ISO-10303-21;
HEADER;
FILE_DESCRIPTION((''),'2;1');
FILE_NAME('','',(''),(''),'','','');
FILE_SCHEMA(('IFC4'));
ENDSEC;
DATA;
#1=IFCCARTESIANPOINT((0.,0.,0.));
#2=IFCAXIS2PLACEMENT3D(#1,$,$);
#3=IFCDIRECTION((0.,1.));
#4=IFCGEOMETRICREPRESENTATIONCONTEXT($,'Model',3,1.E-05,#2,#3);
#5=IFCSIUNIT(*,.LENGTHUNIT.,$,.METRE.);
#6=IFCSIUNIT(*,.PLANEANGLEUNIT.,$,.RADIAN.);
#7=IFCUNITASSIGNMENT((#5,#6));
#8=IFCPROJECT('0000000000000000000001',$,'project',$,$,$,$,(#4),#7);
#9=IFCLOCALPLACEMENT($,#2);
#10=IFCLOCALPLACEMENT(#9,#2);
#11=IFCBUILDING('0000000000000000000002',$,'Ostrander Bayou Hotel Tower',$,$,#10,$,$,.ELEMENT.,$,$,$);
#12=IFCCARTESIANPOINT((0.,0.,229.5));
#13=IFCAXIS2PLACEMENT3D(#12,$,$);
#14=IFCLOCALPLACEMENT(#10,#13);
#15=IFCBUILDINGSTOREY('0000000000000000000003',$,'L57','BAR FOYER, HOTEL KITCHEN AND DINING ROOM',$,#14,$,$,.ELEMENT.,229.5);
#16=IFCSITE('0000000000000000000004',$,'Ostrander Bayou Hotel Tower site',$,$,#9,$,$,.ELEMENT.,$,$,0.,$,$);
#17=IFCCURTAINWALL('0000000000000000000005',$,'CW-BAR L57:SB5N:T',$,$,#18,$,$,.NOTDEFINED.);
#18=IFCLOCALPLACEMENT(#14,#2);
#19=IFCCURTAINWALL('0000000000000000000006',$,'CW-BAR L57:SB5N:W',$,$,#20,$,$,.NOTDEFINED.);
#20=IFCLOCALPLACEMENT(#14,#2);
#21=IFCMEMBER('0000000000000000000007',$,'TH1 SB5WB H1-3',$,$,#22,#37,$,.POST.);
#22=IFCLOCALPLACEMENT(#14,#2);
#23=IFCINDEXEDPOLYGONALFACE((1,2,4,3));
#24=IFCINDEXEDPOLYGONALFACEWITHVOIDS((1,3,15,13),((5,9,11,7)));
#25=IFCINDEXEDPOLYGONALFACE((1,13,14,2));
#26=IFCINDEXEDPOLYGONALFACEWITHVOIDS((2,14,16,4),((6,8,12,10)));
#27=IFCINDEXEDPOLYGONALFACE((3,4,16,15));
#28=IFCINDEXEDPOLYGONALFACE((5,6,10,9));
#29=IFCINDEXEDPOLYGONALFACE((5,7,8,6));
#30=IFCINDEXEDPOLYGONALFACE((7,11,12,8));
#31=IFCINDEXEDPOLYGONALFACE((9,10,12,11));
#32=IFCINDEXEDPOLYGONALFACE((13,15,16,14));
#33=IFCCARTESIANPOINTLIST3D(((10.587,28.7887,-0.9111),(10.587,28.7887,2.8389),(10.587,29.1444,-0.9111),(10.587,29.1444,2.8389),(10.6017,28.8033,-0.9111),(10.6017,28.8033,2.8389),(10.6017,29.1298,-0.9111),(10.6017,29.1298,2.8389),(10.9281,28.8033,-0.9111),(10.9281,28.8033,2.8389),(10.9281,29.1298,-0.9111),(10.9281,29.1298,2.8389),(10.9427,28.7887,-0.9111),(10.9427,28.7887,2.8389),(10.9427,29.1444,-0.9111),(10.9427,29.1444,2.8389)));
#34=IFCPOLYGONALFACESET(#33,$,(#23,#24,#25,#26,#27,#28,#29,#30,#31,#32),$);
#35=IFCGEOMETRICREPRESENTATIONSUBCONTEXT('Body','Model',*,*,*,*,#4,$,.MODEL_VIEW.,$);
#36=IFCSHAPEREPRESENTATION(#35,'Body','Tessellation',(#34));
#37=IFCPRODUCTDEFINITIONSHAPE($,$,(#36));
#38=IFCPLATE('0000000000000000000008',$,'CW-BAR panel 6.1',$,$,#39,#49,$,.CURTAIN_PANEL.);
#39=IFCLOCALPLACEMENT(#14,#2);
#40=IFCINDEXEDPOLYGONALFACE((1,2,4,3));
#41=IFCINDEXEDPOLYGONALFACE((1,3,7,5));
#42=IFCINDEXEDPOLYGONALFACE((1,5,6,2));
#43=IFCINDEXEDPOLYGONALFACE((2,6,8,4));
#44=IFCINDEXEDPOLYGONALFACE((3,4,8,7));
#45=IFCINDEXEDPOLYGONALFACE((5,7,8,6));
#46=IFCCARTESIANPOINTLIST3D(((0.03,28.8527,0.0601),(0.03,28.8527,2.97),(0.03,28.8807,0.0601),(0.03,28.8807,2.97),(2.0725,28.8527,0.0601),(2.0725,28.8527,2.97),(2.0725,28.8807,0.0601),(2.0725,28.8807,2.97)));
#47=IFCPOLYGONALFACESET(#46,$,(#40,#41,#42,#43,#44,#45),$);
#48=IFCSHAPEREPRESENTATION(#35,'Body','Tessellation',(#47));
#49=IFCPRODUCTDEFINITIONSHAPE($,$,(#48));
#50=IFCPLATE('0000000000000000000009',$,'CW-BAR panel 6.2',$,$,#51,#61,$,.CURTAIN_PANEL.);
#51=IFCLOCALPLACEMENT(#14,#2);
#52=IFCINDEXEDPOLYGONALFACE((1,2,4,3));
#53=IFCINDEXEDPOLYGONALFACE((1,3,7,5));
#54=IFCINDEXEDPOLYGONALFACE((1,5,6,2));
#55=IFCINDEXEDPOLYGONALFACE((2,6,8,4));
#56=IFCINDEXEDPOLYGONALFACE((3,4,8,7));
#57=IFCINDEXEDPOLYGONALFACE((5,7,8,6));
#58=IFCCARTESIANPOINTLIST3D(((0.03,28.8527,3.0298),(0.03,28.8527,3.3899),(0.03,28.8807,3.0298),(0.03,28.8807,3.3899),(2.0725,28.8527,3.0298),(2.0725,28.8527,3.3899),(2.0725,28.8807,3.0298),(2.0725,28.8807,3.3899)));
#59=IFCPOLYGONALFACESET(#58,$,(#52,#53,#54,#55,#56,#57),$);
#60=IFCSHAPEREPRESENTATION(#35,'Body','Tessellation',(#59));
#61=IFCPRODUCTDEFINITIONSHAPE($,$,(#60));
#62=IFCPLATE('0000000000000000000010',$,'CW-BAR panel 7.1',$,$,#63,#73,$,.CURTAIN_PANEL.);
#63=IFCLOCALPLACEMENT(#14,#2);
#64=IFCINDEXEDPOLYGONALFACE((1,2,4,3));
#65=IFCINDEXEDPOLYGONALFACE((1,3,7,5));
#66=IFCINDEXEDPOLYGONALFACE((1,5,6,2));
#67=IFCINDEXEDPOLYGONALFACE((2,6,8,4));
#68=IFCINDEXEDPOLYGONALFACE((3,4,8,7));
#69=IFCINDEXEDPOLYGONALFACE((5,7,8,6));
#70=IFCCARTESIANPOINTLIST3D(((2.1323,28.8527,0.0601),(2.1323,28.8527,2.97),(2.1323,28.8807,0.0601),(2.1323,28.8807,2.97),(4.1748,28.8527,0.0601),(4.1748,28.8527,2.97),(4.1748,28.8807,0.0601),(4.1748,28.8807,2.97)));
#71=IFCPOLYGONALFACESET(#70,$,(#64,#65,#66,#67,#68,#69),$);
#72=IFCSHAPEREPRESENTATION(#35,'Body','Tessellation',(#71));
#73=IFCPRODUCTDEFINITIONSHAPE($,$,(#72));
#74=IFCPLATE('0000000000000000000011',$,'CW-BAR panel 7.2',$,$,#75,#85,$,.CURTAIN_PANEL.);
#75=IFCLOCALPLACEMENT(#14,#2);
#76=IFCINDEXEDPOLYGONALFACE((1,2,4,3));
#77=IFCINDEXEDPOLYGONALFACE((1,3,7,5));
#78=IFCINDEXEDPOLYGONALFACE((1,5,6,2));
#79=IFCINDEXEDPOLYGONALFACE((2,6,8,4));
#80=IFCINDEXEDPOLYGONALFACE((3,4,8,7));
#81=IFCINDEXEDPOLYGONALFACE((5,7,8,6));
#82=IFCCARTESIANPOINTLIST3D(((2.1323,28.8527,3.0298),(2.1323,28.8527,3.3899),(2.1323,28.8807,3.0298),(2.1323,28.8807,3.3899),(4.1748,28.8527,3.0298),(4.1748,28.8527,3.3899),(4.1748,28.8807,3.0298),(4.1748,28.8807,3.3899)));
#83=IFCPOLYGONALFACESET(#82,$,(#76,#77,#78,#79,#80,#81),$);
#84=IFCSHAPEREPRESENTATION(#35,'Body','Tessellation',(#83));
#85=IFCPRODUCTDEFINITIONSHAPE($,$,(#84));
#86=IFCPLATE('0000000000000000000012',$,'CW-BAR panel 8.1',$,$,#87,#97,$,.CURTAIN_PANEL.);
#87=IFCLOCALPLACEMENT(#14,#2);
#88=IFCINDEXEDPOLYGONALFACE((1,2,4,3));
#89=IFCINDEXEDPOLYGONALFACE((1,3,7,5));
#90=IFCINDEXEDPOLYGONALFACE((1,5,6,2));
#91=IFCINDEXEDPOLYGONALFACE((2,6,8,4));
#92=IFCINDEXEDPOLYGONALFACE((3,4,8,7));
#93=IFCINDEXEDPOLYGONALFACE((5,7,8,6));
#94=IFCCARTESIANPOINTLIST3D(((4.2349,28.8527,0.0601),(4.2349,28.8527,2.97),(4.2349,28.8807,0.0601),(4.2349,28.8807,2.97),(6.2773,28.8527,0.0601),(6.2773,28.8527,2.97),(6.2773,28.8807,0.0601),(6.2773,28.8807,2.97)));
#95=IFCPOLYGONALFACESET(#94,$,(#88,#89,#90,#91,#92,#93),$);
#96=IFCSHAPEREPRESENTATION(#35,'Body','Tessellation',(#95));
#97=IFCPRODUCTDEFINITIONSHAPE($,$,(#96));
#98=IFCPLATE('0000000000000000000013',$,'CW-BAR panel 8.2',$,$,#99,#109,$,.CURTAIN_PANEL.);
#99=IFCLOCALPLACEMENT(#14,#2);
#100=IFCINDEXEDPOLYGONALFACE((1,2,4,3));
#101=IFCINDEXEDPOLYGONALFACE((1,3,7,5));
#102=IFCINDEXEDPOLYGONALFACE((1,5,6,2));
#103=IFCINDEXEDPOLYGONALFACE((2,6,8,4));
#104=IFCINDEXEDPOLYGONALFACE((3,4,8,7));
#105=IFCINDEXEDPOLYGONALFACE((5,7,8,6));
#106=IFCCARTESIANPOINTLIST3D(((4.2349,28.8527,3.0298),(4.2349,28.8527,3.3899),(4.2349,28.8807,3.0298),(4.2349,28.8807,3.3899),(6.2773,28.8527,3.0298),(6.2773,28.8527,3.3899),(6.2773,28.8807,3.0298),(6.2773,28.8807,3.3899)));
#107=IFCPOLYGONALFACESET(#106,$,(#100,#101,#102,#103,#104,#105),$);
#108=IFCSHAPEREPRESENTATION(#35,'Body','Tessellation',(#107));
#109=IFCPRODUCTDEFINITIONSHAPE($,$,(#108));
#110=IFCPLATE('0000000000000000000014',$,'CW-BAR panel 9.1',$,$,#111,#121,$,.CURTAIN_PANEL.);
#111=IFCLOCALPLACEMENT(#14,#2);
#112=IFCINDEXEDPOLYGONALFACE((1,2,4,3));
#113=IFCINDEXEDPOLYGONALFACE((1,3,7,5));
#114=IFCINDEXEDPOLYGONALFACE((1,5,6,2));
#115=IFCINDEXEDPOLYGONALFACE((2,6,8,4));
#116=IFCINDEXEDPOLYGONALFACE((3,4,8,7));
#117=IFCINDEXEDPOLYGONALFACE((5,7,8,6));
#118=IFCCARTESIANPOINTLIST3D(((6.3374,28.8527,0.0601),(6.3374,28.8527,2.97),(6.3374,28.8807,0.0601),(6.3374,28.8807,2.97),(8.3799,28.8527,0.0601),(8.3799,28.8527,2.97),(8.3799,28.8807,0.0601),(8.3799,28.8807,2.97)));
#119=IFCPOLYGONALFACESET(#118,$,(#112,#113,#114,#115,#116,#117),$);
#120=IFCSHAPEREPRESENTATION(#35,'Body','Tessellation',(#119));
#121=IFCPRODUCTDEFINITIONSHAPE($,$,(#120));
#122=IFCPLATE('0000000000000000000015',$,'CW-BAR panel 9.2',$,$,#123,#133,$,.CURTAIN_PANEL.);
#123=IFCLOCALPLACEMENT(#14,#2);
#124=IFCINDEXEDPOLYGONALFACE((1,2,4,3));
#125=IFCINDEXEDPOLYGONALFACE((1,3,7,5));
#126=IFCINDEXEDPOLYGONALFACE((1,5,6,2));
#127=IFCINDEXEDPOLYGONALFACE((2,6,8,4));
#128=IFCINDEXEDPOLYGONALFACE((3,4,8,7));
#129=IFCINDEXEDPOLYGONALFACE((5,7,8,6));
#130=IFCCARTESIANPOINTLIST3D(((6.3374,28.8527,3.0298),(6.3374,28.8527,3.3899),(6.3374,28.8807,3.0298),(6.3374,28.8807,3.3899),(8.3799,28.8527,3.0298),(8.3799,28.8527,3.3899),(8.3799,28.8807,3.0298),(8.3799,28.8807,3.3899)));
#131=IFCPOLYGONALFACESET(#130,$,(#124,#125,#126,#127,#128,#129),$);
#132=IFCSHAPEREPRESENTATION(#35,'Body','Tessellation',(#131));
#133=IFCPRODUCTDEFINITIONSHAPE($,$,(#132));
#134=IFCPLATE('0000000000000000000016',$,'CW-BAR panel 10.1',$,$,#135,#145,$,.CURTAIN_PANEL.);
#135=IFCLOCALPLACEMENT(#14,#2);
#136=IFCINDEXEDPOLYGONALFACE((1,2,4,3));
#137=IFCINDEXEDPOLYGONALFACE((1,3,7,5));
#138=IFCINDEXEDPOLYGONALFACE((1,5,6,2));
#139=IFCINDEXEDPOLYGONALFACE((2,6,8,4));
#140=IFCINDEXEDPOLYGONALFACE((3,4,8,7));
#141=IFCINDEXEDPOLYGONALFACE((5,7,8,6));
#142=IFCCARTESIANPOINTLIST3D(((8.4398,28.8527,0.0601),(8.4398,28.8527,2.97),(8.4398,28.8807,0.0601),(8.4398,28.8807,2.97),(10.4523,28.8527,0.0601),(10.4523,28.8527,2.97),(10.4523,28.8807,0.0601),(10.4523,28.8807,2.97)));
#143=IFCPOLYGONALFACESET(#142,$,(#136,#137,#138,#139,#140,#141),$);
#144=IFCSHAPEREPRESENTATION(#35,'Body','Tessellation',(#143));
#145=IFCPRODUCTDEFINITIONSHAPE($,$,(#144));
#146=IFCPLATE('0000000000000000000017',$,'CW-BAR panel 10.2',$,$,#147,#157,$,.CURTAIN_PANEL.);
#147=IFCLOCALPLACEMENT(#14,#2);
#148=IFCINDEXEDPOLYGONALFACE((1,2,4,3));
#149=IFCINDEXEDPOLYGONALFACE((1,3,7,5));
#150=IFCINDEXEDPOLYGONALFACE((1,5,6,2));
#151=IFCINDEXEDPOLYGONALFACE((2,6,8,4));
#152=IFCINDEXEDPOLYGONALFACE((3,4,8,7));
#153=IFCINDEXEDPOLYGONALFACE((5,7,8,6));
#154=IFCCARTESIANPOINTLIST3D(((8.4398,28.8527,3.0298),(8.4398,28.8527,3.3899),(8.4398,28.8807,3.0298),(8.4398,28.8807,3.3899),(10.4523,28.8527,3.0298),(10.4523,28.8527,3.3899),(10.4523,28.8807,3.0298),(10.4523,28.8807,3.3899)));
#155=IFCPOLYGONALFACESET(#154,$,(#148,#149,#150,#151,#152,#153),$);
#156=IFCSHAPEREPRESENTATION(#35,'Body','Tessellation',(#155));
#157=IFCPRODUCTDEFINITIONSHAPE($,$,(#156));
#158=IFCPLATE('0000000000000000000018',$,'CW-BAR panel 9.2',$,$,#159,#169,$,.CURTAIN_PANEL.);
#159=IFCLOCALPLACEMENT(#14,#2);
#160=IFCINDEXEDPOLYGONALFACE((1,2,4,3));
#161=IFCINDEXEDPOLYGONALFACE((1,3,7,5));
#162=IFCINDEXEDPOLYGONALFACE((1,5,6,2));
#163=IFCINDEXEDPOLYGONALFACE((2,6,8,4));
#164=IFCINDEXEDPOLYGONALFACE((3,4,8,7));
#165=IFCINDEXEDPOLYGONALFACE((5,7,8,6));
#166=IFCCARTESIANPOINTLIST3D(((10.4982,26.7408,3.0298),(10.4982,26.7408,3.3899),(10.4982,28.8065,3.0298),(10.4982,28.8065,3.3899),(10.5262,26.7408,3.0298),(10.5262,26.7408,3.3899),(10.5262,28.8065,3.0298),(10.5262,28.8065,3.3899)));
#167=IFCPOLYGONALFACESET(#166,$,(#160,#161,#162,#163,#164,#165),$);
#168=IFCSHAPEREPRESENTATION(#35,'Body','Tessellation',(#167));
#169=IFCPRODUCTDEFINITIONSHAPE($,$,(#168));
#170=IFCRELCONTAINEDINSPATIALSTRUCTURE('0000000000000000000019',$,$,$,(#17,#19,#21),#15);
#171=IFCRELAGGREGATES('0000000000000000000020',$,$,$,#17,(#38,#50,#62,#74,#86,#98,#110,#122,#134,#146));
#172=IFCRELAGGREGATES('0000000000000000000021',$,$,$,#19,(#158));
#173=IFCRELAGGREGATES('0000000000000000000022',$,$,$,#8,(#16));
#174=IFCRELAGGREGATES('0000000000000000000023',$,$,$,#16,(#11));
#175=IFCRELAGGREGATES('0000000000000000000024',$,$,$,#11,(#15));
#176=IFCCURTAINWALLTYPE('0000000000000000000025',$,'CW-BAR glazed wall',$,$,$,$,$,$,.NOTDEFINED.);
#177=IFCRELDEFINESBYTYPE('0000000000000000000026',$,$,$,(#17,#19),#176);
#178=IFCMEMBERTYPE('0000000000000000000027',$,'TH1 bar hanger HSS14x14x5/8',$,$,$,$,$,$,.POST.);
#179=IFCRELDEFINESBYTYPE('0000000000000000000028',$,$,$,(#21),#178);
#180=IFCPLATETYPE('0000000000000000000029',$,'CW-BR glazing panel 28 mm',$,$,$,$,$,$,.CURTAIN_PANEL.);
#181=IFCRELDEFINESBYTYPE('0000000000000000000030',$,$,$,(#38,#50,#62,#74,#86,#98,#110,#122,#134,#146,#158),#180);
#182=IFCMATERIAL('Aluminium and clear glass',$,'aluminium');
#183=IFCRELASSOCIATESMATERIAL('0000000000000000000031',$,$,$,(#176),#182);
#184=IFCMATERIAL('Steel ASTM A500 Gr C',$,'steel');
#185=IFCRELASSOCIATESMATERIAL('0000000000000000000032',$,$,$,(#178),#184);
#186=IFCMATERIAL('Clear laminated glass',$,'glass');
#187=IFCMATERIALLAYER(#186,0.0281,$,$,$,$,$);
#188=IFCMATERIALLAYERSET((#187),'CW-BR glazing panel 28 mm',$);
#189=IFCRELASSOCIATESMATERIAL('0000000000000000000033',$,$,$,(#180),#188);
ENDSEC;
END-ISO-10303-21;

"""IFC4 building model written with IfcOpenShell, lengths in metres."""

from ifc_helpers import new_model, si_unit, direction, frame, origin, origin_2d, place, context, subcontext, project, spatial, rectangle, hollow_rectangle, extrude, material, layer, layer_set, material_profile, profile_set, type_object, element, aggregate, save


model = new_model("IFC4")

# Units and contexts
model_context = context("Model", 3, precision=1e-05, world=origin(), true_north=direction((0.0, 1.0)))
body_context = subcontext(model_context, "Body", "Model", "MODEL_VIEW")
ifc_project = project(units=[si_unit("LENGTHUNIT", "METRE"), si_unit("PLANEANGLEUNIT", "RADIAN")], contexts=[model_context])

# Site, building, storey
site_placement = place(None, origin())
site = spatial("IfcSite", under=ifc_project, at=site_placement, Name="Ostrander Bayou Hotel Tower site", CompositionType="ELEMENT", RefElevation=0.0)
building_placement = place(site_placement, origin())
building = spatial("IfcBuilding", under=site, at=building_placement, Name="Ostrander Bayou Hotel Tower", CompositionType="ELEMENT")
storey_placement = place(building_placement, frame((0.0, 0.0, 229.5)))
storey = spatial("IfcBuildingStorey", under=building, at=storey_placement, Name="L57", Description="BAR FOYER, HOTEL KITCHEN AND DINING ROOM", CompositionType="ELEMENT", Elevation=229.5)

# Curtain wall
ifc_material_1 = material(Name="Aluminium and clear glass", Category="aluminium")
curtain_wall_type = type_object("IfcCurtainWallType", Name="CW-BAR glazed wall", PredefinedType="NOTDEFINED", material=ifc_material_1)
curtain_wall_1_placement = place(storey_placement, origin())
curtain_wall_1 = element("IfcCurtainWall", 1, at=curtain_wall_1_placement, inside=storey, type_object=curtain_wall_type, Name="CW-BAR L57:SB5N:T", PredefinedType="NOTDEFINED")

# Curtain wall
curtain_wall_2_placement = place(storey_placement, origin())
curtain_wall_2 = element("IfcCurtainWall", 2, at=curtain_wall_2_placement, inside=storey, type_object=curtain_wall_type, Name="CW-BAR L57:SB5N:W", PredefinedType="NOTDEFINED")

# Member
ifc_material_2 = material(Name="Steel ASTM A500 Gr C", Category="steel")
ifc_material_profile_1 = material_profile(ifc_material_2, hollow_rectangle(XDim=0.3557, YDim=0.3557, WallThickness=0.0146, at=origin_2d()))
ifc_profile_set_1 = profile_set([ifc_material_profile_1], Name="Steel ASTM A500 Gr C")
member_type_1 = type_object("IfcMemberType", Name="TH1 bar hanger HSS14x14x5/8", PredefinedType="POST", material=ifc_profile_set_1)
member_1_placement = place(storey_placement, frame((10.7649, 28.9666, -0.9111), z_axis=(0.0, 0.0, 1.0), x_axis=(1.0, 0.0, 0.0)))
element("IfcMember", 3, at=member_1_placement, inside=storey, type_object=member_type_1, Name="TH1 SB5WB H1-3", PredefinedType="POST", context=body_context, shape_type="SweptSolid", body=[
    extrude(hollow_rectangle(XDim=0.3557, YDim=0.3557, WallThickness=0.0146, at=origin_2d()), origin(), (0.0, 0.0, 1.0), 3.75),
])

# Plates
ifc_material_3 = material(Name="Clear laminated glass", Category="glass")
ifc_layer = layer(ifc_material_3, 0.0281)
ifc_layer_set = layer_set([ifc_layer], Name="CW-BR glazing panel 28 mm")
plate_type = type_object("IfcPlateType", Name="CW-BR glazing panel 28 mm", PredefinedType="CURTAIN_PANEL", material=ifc_layer_set)
plate_1_placement = place(storey_placement, frame((1.0513, 28.8667, 0.0601), z_axis=(0.0, 0.0, 1.0), x_axis=(1.0, 0.0, 0.0)))
plate_1 = element("IfcPlate", 4, at=plate_1_placement, type_object=plate_type, Name="CW-BAR panel 6.1", PredefinedType="CURTAIN_PANEL", context=body_context, shape_type="SweptSolid", body=[
    extrude(rectangle(XDim=2.0425, YDim=0.0281, at=origin_2d()), origin(), (0.0, 0.0, 1.0), 2.9099),
])
plate_2_placement = place(storey_placement, frame((1.0513, 28.8667, 3.0298), z_axis=(0.0, 0.0, 1.0), x_axis=(1.0, 0.0, 0.0)))
plate_2 = element("IfcPlate", 5, at=plate_2_placement, type_object=plate_type, Name="CW-BAR panel 6.2", PredefinedType="CURTAIN_PANEL", context=body_context, shape_type="SweptSolid", body=[
    extrude(rectangle(XDim=2.0425, YDim=0.0281, at=origin_2d()), origin(), (0.0, 0.0, 1.0), 0.3601),
])
plate_3_placement = place(storey_placement, frame((3.1536, 28.8667, 0.0601), z_axis=(0.0, 0.0, 1.0), x_axis=(1.0, 0.0, 0.0)))
plate_3 = element("IfcPlate", 6, at=plate_3_placement, type_object=plate_type, Name="CW-BAR panel 7.1", PredefinedType="CURTAIN_PANEL", context=body_context, shape_type="SweptSolid", body=[
    extrude(rectangle(XDim=2.0425, YDim=0.0281, at=origin_2d()), origin(), (0.0, 0.0, 1.0), 2.9099),
])
plate_4_placement = place(storey_placement, frame((3.1536, 28.8667, 3.0298), z_axis=(0.0, 0.0, 1.0), x_axis=(1.0, 0.0, 0.0)))
plate_4 = element("IfcPlate", 7, at=plate_4_placement, type_object=plate_type, Name="CW-BAR panel 7.2", PredefinedType="CURTAIN_PANEL", context=body_context, shape_type="SweptSolid", body=[
    extrude(rectangle(XDim=2.0425, YDim=0.0281, at=origin_2d()), origin(), (0.0, 0.0, 1.0), 0.3601),
])
plate_5_placement = place(storey_placement, frame((5.2561, 28.8667, 0.0601), z_axis=(0.0, 0.0, 1.0), x_axis=(1.0, 0.0, 0.0)))
plate_5 = element("IfcPlate", 8, at=plate_5_placement, type_object=plate_type, Name="CW-BAR panel 8.1", PredefinedType="CURTAIN_PANEL", context=body_context, shape_type="SweptSolid", body=[
    extrude(rectangle(XDim=2.0425, YDim=0.0281, at=origin_2d()), origin(), (0.0, 0.0, 1.0), 2.9099),
])
plate_6_placement = place(storey_placement, frame((5.2561, 28.8667, 3.0298), z_axis=(0.0, 0.0, 1.0), x_axis=(1.0, 0.0, 0.0)))
plate_6 = element("IfcPlate", 9, at=plate_6_placement, type_object=plate_type, Name="CW-BAR panel 8.2", PredefinedType="CURTAIN_PANEL", context=body_context, shape_type="SweptSolid", body=[
    extrude(rectangle(XDim=2.0425, YDim=0.0281, at=origin_2d()), origin(), (0.0, 0.0, 1.0), 0.3601),
])
plate_7_placement = place(storey_placement, frame((7.3586, 28.8667, 0.0601), z_axis=(0.0, 0.0, 1.0), x_axis=(1.0, 0.0, 0.0)))
plate_7 = element("IfcPlate", 10, at=plate_7_placement, type_object=plate_type, Name="CW-BAR panel 9.1", PredefinedType="CURTAIN_PANEL", context=body_context, shape_type="SweptSolid", body=[
    extrude(rectangle(XDim=2.0425, YDim=0.0281, at=origin_2d()), origin(), (0.0, 0.0, 1.0), 2.9099),
])
plate_8_placement = place(storey_placement, frame((7.3586, 28.8667, 3.0298), z_axis=(0.0, 0.0, 1.0), x_axis=(1.0, 0.0, 0.0)))
plate_8 = element("IfcPlate", 11, at=plate_8_placement, type_object=plate_type, Name="CW-BAR panel 9.2", PredefinedType="CURTAIN_PANEL", context=body_context, shape_type="SweptSolid", body=[
    extrude(rectangle(XDim=2.0425, YDim=0.0281, at=origin_2d()), origin(), (0.0, 0.0, 1.0), 0.3601),
])
plate_9_placement = place(storey_placement, frame((9.446, 28.8667, 0.0601), z_axis=(0.0, 0.0, 1.0), x_axis=(1.0, 0.0, 0.0)))
plate_9 = element("IfcPlate", 12, at=plate_9_placement, type_object=plate_type, Name="CW-BAR panel 10.1", PredefinedType="CURTAIN_PANEL", context=body_context, shape_type="SweptSolid", body=[
    extrude(rectangle(XDim=2.0125, YDim=0.0281, at=origin_2d()), origin(), (0.0, 0.0, 1.0), 2.9099),
])
plate_10_placement = place(storey_placement, frame((9.446, 28.8667, 3.0298), z_axis=(0.0, 0.0, 1.0), x_axis=(1.0, 0.0, 0.0)))
plate_10 = element("IfcPlate", 13, at=plate_10_placement, type_object=plate_type, Name="CW-BAR panel 10.2", PredefinedType="CURTAIN_PANEL", context=body_context, shape_type="SweptSolid", body=[
    extrude(rectangle(XDim=2.0125, YDim=0.0281, at=origin_2d()), origin(), (0.0, 0.0, 1.0), 0.3601),
])
aggregate(curtain_wall_1, [plate_1, plate_2, plate_3, plate_4, plate_5, plate_6, plate_7, plate_8, plate_9, plate_10])
plate_11_placement = place(storey_placement, frame((10.5122, 27.7737, 3.0298), z_axis=(0.0, 0.0, 1.0), x_axis=(0.0, 1.0, 0.0)))
plate_11 = element("IfcPlate", 14, at=plate_11_placement, type_object=plate_type, Name="CW-BAR panel 9.2", PredefinedType="CURTAIN_PANEL", context=body_context, shape_type="SweptSolid", body=[
    extrude(rectangle(XDim=2.0657, YDim=0.0281, at=origin_2d()), origin(), (0.0, 0.0, 1.0), 0.3601),
])
aggregate(curtain_wall_2, [plate_11])

save(model, "model.ifc")
